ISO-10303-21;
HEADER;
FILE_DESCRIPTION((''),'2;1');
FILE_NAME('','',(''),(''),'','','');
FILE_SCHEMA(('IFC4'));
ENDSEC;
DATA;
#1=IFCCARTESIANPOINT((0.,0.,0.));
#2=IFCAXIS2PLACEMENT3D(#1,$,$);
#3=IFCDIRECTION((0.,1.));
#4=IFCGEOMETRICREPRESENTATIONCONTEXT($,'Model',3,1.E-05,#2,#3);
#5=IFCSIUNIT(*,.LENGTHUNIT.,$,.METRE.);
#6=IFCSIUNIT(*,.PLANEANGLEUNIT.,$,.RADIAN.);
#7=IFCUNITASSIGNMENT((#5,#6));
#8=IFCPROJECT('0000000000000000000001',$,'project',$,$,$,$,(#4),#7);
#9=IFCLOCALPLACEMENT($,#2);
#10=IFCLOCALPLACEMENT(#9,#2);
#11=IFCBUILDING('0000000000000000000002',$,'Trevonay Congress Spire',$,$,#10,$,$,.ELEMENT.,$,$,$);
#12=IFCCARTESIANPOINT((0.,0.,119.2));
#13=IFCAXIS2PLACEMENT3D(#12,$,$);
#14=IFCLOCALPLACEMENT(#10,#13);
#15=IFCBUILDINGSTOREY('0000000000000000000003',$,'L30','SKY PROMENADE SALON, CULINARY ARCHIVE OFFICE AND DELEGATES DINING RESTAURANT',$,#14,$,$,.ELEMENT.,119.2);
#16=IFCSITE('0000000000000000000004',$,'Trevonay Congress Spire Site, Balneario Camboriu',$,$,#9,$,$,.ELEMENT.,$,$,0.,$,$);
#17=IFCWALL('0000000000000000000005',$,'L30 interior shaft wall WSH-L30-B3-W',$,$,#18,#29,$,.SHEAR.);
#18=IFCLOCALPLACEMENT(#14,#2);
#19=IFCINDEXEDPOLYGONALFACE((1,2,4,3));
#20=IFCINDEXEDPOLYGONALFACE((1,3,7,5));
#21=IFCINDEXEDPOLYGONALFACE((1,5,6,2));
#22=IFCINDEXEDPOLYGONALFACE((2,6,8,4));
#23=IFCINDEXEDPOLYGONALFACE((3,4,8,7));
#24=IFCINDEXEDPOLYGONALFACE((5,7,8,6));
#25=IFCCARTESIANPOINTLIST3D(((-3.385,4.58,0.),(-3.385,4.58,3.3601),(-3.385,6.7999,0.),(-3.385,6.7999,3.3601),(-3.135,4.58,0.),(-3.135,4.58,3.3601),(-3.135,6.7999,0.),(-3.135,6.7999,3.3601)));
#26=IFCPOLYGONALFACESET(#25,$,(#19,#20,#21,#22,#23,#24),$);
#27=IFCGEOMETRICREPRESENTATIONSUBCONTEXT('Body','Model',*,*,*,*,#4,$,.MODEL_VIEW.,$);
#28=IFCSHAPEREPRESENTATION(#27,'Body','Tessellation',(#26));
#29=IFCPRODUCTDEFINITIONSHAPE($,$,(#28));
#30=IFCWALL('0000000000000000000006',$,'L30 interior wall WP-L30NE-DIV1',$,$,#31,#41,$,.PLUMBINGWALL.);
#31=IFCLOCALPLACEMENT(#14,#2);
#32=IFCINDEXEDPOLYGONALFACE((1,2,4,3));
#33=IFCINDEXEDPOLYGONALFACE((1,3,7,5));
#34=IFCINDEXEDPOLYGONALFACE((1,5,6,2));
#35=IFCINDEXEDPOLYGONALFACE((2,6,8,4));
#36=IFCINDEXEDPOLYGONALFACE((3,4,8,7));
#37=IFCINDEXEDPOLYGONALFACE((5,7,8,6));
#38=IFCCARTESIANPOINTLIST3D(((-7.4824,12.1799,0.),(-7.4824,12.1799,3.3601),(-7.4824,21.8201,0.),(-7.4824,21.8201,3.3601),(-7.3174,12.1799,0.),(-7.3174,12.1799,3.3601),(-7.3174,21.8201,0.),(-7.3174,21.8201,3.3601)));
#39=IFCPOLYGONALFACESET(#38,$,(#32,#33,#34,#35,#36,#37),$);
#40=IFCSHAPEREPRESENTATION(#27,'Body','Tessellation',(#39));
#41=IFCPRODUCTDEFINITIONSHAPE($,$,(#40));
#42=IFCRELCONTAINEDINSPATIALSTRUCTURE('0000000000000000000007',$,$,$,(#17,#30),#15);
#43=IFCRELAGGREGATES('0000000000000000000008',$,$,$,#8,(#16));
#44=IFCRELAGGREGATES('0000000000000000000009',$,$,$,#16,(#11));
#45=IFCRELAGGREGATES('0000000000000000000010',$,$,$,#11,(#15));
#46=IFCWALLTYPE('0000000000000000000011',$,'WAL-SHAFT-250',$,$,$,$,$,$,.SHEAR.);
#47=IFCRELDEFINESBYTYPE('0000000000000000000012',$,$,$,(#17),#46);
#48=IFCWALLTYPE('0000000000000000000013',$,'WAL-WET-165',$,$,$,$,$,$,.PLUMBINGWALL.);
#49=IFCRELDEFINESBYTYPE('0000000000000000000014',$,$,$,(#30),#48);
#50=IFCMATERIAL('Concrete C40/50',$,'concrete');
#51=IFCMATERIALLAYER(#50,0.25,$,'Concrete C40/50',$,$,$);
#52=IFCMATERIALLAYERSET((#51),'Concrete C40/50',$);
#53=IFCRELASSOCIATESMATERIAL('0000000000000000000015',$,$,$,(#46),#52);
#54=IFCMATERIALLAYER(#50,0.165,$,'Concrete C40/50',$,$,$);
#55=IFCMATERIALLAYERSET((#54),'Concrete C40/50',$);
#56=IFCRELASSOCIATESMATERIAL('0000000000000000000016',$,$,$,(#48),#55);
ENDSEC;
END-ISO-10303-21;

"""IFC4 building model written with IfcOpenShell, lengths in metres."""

from ifc_helpers import new_model, si_unit, direction, frame, frame_2d, origin, place, context, subcontext, project, spatial, rectangle, extrude, material, layer, layer_set, type_object, element, save


model = new_model("IFC4")

# Units and contexts
model_context = context("Model", 3, precision=1e-05, world=origin(), true_north=direction((0.0, 1.0)))
body_context = subcontext(model_context, "Body", "Model", "MODEL_VIEW")
ifc_project = project(units=[si_unit("LENGTHUNIT", "METRE"), si_unit("PLANEANGLEUNIT", "RADIAN")], contexts=[model_context])

# Site, building, storey
site_placement = place(None, origin())
site = spatial("IfcSite", under=ifc_project, at=site_placement, Name="Trevonay Congress Spire Site, Balneario Camboriu", CompositionType="ELEMENT", RefElevation=0.0)
building_placement = place(site_placement, origin())
building = spatial("IfcBuilding", under=site, at=building_placement, Name="Trevonay Congress Spire", CompositionType="ELEMENT")
storey_placement = place(building_placement, frame((0.0, 0.0, 119.2)))
storey = spatial("IfcBuildingStorey", under=building, at=storey_placement, Name="L30", Description="SKY PROMENADE SALON, CULINARY ARCHIVE OFFICE AND DELEGATES DINING RESTAURANT", CompositionType="ELEMENT", Elevation=119.2)

# Shared definitions
ifc_material_1 = material(Name="Concrete C40/50", Category="concrete")
ifc_layer_1 = layer(ifc_material_1, 0.25, Name="Concrete C40/50")
ifc_layer_set_1 = layer_set([ifc_layer_1], Name="Concrete C40/50")
wall_type_1 = type_object("IfcWallType", Name="WAL-SHAFT-250", PredefinedType="SHEAR", material=ifc_layer_set_1)

# Walls
wall_1_placement = place(storey_placement, frame((-3.26, 4.5801, 0.0), z_axis=(0.0, 0.0, 1.0), x_axis=(0.0, 1.0, 0.0)))
element("IfcWall", 1, at=wall_1_placement, inside=storey, type_object=wall_type_1, Name="L30 interior shaft wall WSH-L30-B3-W", PredefinedType="SHEAR", context=body_context, shape_type="SweptSolid", body=[
    extrude(rectangle(XDim=2.22, YDim=0.25, at=frame_2d((1.1099, 0.0))), origin(), (0.0, 0.0, 1.0), 3.3601),
])
ifc_layer_2 = layer(ifc_material_1, 0.165, Name="Concrete C40/50")
ifc_layer_set_2 = layer_set([ifc_layer_2], Name="Concrete C40/50")
wall_type_2 = type_object("IfcWallType", Name="WAL-WET-165", PredefinedType="PLUMBINGWALL", material=ifc_layer_set_2)
wall_2_placement = place(storey_placement, frame((-7.3999, 12.1799, 0.0), z_axis=(0.0, 0.0, 1.0), x_axis=(0.0, 1.0, 0.0)))
element("IfcWall", 2, at=wall_2_placement, inside=storey, type_object=wall_type_2, Name="L30 interior wall WP-L30NE-DIV1", PredefinedType="PLUMBINGWALL", context=body_context, shape_type="SweptSolid", body=[
    extrude(rectangle(XDim=9.6401, YDim=0.165, at=frame_2d((4.8201, 0.0))), origin(), (0.0, 0.0, 1.0), 3.3601),
])

save(model, "model.ifc")
